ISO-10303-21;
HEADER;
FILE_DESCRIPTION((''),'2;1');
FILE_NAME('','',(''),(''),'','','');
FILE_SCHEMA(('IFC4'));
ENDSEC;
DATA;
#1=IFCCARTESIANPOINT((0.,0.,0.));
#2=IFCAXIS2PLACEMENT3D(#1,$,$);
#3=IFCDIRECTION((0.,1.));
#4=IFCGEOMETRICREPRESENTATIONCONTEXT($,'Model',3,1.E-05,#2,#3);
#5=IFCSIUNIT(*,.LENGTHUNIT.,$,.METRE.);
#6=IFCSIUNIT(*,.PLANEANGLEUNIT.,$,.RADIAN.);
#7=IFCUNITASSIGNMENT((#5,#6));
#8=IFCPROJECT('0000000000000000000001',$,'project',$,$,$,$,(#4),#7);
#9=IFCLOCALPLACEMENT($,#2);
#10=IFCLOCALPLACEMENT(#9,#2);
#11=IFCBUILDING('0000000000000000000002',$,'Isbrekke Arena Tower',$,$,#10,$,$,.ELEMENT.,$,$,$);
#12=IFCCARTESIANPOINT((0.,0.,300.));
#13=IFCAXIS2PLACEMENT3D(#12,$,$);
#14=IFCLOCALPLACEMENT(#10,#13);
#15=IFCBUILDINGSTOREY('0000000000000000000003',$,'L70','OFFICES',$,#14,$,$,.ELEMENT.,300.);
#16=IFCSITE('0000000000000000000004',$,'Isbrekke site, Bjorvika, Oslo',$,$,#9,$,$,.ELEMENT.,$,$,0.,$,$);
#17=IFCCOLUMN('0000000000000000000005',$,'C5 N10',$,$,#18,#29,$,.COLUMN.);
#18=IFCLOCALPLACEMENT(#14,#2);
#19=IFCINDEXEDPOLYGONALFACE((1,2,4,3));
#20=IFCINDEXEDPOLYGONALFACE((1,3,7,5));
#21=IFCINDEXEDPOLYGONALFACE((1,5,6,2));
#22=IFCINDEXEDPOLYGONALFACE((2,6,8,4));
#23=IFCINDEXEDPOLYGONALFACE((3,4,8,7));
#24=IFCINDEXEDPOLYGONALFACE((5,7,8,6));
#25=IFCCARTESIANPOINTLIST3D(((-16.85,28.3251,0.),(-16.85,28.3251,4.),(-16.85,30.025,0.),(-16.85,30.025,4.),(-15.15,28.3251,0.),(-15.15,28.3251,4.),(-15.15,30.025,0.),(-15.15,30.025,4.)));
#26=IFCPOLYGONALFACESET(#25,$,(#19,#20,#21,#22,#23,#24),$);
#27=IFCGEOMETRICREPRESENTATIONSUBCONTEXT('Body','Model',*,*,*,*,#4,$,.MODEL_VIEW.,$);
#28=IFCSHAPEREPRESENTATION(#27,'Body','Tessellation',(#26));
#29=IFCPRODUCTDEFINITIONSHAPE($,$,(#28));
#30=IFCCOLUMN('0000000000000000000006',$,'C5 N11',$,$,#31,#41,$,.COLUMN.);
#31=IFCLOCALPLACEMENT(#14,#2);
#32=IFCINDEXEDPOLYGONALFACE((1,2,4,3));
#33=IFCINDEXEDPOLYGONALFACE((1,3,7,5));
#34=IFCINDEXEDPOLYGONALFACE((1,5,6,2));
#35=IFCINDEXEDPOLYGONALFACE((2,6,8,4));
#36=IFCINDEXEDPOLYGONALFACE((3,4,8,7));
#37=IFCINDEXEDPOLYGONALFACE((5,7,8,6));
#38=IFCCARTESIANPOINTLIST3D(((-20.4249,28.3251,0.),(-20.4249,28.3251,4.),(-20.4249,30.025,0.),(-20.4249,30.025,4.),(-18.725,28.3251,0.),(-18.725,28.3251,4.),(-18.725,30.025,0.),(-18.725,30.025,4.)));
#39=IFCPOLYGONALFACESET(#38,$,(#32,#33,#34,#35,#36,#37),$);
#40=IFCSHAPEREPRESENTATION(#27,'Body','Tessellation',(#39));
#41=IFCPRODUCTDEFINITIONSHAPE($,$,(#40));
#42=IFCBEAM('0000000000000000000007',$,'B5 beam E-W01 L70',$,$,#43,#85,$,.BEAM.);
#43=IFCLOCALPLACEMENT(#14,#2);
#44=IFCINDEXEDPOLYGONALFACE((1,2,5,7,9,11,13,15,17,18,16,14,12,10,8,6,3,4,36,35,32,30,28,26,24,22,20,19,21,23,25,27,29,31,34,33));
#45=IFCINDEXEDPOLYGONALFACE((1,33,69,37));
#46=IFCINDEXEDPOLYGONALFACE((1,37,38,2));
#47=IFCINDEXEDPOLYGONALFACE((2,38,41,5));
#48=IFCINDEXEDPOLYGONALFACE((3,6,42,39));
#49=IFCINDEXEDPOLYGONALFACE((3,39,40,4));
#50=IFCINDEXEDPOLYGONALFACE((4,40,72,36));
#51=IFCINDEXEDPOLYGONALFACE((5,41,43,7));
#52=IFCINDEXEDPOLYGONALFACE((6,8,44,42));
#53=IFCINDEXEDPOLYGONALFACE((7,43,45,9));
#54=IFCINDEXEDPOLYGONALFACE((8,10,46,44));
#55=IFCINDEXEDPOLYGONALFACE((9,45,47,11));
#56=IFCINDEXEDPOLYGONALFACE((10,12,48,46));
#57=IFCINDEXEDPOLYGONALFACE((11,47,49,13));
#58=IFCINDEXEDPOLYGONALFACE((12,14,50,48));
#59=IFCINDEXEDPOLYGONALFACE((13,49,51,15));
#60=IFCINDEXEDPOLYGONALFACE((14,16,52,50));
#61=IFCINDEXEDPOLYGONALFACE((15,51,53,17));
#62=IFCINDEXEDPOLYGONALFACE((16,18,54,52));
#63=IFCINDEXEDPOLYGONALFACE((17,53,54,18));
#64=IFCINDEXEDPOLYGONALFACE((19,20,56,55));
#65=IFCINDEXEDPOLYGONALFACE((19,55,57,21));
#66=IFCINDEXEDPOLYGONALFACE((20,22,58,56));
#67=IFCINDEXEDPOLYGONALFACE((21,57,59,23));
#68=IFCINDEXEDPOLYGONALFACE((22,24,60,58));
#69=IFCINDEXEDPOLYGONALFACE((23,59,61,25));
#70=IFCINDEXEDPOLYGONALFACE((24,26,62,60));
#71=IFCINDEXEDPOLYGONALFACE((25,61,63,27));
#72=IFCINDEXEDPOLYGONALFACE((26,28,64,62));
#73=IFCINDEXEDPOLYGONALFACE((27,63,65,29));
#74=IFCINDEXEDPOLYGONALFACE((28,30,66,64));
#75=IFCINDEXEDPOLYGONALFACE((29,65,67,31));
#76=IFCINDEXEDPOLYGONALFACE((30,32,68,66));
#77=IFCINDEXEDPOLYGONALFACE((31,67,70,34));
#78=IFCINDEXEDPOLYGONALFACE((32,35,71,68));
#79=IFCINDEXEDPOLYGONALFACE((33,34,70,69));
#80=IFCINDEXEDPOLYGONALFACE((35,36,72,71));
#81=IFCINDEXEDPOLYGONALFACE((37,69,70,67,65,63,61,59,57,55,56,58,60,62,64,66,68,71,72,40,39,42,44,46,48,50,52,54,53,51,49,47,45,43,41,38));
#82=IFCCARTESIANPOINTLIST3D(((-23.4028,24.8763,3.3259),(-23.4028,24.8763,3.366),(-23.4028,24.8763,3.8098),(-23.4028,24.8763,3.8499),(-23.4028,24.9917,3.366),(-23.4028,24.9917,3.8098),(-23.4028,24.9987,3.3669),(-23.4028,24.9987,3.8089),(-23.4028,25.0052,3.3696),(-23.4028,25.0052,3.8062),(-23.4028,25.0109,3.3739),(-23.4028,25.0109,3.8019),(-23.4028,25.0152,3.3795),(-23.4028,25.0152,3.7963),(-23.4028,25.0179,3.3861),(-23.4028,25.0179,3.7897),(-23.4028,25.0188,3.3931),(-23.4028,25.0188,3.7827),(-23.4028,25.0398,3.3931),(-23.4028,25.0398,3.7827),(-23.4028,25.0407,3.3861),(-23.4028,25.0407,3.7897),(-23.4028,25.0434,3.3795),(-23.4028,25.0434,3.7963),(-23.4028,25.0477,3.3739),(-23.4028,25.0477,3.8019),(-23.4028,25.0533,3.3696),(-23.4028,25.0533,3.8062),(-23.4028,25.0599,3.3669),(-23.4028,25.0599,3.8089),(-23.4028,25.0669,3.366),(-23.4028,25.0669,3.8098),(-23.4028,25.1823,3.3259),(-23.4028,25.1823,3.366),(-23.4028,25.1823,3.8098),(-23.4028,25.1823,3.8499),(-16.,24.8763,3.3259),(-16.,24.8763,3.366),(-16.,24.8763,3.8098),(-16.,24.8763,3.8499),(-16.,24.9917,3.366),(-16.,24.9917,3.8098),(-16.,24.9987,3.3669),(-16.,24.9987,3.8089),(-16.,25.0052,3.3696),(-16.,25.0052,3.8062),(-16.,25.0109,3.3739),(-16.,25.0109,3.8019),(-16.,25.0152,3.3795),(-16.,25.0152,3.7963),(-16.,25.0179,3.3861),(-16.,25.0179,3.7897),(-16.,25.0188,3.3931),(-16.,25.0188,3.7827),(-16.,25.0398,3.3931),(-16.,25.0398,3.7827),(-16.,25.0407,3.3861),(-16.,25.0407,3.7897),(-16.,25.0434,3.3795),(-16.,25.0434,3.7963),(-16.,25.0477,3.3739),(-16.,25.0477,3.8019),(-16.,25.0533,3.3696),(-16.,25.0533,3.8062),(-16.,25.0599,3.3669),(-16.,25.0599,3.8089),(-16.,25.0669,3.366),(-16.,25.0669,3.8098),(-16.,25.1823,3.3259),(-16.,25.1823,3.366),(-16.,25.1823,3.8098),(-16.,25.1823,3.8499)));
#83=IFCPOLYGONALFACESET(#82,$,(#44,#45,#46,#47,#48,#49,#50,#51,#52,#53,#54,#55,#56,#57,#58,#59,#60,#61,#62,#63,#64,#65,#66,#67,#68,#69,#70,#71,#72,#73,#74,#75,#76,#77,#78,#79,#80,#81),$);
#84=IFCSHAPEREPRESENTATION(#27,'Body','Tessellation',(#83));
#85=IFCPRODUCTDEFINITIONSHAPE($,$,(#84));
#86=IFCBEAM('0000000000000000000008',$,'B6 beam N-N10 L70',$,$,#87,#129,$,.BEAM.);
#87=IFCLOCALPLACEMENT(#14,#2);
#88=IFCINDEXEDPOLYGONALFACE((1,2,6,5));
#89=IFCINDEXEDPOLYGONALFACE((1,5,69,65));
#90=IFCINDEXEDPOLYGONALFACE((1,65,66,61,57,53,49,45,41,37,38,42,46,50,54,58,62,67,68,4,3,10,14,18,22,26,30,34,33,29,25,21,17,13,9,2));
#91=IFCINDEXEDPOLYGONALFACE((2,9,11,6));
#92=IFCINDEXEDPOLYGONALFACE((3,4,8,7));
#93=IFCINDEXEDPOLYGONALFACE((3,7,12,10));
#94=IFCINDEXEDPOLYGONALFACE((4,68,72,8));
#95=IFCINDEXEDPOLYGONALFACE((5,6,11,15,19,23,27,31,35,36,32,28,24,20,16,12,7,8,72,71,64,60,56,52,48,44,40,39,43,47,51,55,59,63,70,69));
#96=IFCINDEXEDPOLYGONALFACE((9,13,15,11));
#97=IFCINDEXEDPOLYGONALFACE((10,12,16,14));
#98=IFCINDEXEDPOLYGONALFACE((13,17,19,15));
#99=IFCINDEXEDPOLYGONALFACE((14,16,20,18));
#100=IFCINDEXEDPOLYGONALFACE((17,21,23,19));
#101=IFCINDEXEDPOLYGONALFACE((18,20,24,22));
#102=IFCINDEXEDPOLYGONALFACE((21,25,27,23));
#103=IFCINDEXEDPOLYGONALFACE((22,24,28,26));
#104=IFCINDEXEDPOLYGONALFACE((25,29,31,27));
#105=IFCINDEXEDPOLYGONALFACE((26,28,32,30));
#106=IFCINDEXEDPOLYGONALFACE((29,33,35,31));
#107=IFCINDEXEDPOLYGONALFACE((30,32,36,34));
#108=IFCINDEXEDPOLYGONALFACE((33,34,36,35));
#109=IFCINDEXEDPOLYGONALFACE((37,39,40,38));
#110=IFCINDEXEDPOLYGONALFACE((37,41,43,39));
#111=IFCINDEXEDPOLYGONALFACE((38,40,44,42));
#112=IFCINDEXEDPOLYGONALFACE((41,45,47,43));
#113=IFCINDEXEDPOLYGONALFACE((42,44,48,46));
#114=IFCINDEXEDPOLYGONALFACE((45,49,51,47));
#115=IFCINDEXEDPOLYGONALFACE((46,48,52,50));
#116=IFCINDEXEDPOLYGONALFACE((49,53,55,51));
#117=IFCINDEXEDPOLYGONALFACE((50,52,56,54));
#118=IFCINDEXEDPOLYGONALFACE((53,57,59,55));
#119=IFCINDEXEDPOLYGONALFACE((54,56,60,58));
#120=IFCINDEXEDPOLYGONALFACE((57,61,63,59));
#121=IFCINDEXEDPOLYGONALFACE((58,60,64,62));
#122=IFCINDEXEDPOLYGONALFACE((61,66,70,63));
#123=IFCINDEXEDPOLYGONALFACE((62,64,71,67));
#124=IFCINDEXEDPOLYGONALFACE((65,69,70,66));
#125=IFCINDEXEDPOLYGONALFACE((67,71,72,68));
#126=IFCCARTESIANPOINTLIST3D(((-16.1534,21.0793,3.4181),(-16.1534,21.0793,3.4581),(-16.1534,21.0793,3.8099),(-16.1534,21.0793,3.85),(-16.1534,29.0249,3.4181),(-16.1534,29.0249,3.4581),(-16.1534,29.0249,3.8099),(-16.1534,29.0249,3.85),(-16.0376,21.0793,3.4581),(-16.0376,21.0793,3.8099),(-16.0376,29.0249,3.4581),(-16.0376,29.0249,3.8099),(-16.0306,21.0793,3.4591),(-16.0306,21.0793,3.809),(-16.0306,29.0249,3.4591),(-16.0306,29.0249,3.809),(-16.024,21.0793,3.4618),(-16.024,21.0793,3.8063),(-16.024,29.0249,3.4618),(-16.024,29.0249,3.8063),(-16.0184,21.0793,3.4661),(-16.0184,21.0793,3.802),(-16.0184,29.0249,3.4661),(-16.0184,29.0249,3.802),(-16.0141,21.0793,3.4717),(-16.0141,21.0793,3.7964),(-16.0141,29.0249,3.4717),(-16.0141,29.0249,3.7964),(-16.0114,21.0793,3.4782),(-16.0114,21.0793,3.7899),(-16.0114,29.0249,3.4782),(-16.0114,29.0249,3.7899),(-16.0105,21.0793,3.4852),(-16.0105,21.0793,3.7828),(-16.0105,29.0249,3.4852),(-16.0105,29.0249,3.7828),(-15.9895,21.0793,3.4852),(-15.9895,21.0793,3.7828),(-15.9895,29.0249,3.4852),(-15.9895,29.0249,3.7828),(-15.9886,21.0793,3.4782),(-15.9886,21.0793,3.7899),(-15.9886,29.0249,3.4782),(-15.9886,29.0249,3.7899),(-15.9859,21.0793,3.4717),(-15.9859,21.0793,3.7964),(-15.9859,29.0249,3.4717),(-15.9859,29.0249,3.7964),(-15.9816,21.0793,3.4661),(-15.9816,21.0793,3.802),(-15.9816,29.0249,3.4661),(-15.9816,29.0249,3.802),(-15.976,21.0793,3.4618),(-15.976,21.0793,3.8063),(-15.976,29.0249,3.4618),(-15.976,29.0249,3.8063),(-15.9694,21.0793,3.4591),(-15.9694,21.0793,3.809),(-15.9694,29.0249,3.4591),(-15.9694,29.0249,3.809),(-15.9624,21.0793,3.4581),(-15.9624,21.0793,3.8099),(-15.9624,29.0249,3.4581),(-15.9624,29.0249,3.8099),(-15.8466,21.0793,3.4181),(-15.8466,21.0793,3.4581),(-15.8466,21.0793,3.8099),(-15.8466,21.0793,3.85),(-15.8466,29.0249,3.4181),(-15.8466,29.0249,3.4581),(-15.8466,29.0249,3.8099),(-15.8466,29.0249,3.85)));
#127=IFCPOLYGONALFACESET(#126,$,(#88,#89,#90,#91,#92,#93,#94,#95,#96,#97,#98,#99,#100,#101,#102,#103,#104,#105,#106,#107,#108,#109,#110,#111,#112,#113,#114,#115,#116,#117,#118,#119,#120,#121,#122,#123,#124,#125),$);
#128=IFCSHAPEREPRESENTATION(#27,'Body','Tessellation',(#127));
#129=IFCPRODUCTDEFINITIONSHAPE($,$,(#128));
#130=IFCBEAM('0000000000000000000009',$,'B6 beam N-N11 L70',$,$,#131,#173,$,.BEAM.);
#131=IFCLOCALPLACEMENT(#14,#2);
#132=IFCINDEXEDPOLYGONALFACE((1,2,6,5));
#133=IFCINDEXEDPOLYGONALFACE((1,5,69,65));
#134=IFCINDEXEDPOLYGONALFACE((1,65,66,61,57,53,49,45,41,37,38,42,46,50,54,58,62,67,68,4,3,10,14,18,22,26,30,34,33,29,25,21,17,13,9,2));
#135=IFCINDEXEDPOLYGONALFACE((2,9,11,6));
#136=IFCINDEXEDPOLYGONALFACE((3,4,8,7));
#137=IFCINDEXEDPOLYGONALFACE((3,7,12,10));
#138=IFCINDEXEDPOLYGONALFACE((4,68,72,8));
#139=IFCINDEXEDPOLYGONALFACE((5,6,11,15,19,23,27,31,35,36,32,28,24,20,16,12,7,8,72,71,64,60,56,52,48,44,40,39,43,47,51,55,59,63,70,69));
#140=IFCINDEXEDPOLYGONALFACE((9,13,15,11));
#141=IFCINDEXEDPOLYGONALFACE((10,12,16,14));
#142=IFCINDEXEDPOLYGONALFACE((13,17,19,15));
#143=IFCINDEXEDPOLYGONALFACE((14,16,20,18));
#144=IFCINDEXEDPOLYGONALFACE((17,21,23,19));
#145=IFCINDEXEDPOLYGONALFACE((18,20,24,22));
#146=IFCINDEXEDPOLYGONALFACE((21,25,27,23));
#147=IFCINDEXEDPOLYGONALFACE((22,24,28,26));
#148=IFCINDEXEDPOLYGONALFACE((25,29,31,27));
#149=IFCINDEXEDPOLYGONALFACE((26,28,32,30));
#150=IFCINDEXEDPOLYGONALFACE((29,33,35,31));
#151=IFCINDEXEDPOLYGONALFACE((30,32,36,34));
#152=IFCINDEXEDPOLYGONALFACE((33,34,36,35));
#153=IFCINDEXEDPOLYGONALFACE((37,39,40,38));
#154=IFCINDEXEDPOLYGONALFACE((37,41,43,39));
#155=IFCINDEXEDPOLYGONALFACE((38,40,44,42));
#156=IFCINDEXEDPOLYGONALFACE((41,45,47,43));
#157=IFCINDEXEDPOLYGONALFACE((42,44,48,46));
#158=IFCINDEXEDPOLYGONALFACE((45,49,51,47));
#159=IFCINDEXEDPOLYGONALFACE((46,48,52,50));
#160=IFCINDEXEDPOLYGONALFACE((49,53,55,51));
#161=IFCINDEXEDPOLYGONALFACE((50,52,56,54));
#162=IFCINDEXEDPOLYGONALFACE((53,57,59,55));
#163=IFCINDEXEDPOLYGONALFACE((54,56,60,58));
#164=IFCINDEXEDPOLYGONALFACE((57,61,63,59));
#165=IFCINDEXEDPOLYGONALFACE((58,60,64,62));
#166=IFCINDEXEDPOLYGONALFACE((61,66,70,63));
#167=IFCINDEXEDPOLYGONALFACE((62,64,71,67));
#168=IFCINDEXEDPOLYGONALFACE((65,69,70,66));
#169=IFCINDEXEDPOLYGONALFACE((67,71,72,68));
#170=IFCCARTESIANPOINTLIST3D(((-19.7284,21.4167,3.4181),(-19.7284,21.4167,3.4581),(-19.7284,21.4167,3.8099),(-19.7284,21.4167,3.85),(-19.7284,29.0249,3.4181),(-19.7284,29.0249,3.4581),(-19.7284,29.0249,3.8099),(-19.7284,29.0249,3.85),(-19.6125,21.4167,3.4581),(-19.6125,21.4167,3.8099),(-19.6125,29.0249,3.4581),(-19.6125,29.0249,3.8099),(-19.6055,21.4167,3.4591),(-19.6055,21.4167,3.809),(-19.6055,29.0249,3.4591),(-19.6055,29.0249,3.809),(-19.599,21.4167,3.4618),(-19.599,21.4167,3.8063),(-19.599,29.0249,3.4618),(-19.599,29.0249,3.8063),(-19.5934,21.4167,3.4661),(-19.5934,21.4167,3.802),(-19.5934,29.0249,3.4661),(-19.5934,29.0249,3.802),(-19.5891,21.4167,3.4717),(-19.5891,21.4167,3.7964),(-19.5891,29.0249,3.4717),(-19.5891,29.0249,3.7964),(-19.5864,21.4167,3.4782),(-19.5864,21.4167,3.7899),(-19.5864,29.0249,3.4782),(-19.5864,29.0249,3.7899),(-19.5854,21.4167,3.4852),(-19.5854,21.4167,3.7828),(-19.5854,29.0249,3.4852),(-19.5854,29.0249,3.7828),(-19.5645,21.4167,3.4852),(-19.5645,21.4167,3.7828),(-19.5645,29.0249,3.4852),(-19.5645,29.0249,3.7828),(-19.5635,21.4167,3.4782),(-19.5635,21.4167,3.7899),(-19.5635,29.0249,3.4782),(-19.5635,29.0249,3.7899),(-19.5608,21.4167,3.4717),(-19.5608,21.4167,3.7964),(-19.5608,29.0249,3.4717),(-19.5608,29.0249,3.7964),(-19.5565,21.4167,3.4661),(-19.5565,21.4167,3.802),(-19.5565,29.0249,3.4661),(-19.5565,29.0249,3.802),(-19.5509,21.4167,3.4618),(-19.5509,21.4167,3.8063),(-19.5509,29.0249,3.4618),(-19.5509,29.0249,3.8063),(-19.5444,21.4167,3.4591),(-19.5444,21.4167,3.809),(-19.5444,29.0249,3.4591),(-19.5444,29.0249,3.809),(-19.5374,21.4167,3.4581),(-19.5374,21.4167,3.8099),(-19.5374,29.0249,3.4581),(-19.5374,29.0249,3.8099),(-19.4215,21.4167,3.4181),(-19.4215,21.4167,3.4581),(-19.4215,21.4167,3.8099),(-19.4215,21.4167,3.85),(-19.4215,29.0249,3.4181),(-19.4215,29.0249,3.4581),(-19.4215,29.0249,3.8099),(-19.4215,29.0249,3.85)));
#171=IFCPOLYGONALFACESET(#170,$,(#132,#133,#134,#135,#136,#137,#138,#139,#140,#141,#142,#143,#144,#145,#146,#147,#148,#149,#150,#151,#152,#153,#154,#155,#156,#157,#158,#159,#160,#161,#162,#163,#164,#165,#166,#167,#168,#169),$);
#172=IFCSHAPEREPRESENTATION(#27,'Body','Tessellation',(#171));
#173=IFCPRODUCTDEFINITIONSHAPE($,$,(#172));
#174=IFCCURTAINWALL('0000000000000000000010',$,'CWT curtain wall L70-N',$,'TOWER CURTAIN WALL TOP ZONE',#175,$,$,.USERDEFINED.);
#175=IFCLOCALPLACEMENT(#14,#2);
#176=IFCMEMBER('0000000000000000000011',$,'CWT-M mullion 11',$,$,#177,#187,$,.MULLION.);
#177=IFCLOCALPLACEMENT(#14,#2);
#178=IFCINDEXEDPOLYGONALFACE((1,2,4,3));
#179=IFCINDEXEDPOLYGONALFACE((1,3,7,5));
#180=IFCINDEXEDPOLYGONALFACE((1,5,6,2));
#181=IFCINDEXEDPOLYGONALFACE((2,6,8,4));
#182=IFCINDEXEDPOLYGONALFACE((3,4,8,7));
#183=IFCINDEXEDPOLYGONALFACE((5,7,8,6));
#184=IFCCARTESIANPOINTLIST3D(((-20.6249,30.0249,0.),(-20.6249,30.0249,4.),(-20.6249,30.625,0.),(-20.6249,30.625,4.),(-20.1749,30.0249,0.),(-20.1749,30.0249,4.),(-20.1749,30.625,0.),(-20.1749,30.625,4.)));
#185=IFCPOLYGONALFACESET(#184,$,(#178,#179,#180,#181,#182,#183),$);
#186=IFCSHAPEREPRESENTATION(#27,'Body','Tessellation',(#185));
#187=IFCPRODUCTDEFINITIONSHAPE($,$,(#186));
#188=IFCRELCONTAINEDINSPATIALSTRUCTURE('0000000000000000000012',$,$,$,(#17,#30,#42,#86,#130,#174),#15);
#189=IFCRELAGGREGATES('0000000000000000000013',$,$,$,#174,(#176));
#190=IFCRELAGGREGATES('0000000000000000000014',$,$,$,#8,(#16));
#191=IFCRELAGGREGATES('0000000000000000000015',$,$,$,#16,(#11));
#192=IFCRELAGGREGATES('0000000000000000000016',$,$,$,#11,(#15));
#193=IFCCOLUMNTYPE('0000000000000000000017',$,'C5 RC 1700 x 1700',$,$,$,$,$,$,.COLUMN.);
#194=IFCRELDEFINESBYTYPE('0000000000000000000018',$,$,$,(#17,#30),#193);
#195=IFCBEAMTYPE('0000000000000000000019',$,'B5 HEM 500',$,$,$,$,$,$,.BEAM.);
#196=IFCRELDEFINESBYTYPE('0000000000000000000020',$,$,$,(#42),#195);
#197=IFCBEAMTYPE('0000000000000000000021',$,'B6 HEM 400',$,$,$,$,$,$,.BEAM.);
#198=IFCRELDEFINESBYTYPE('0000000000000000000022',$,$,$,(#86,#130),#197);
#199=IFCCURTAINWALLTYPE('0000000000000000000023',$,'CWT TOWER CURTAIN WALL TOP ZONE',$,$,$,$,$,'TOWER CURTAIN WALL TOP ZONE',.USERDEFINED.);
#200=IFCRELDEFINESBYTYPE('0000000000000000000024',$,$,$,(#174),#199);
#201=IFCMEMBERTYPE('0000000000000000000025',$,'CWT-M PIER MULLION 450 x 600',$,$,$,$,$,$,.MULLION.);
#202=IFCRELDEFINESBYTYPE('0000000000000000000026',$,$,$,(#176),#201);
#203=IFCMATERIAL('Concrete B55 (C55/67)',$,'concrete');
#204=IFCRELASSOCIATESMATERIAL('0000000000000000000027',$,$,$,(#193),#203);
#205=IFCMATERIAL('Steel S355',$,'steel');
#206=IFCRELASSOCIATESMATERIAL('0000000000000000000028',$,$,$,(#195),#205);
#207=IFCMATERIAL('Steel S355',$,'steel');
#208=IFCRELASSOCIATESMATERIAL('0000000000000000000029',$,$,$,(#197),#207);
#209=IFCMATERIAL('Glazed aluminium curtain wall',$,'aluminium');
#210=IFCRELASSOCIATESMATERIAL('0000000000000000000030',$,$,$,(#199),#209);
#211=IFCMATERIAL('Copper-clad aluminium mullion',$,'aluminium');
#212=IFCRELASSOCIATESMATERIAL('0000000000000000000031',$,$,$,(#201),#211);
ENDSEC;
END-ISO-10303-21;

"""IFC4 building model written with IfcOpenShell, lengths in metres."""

from ifc_helpers import new_model, si_unit, direction, frame, origin, origin_2d, place, context, subcontext, project, spatial, rectangle, i_section, extrude, material, material_profile, profile_set, type_object, element, aggregate, save


model = new_model("IFC4")

# Units and contexts
model_context = context("Model", 3, precision=1e-05, world=origin(), true_north=direction((0.0, 1.0)))
body_context = subcontext(model_context, "Body", "Model", "MODEL_VIEW")
ifc_project = project(units=[si_unit("LENGTHUNIT", "METRE"), si_unit("PLANEANGLEUNIT", "RADIAN")], contexts=[model_context])

# Site, building, storey
site_placement = place(None, origin())
site = spatial("IfcSite", under=ifc_project, at=site_placement, Name="Isbrekke site, Bjorvika, Oslo", CompositionType="ELEMENT", RefElevation=0.0)
building_placement = place(site_placement, origin())
building = spatial("IfcBuilding", under=site, at=building_placement, Name="Isbrekke Arena Tower", CompositionType="ELEMENT")
storey_placement = place(building_placement, frame((0.0, 0.0, 300.0)))
storey = spatial("IfcBuildingStorey", under=building, at=storey_placement, Name="L70", Description="OFFICES", CompositionType="ELEMENT", Elevation=300.0)

# Columns
ifc_material_1 = material(Name="Concrete B55 (C55/67)", Category="concrete")
ifc_material_profile_1 = material_profile(ifc_material_1, rectangle(XDim=1.7, YDim=1.7, at=origin_2d()), Name="RC 1700x1700")
ifc_profile_set_1 = profile_set([ifc_material_profile_1], Name="Concrete B55 (C55/67)")
column_type = type_object("IfcColumnType", Name="C5 RC 1700 x 1700", PredefinedType="COLUMN", material=ifc_profile_set_1)
for number, where, z_axis, x_axis, name in (
    (1, (-16.0, 29.175, 0.0), (0.0, 0.0, 1.0), (-1.0, 0.0, 0.0), "C5 N10"),
    (2, (-19.575, 29.175, 0.0), (0.0, 0.0, 1.0), (-1.0, 0.0, 0.0), "C5 N11"),
):
    element("IfcColumn", number, at=place(storey_placement, frame(where, z_axis=z_axis, x_axis=x_axis)), inside=storey, type_object=column_type, Name=name, PredefinedType="COLUMN", context=body_context, shape_type="SweptSolid", body=[
        extrude(rectangle(XDim=1.7, YDim=1.7, at=origin_2d()), origin(), (0.0, 0.0, 1.0), 4.0),
    ])

# Beams
ifc_material_2 = material(Name="Steel S355", Category="steel")
ifc_material_profile_2 = material_profile(ifc_material_2, i_section(OverallWidth=0.3059, OverallDepth=0.5239, WebThickness=0.021, FlangeThickness=0.04, FilletRadius=0.0271, at=origin_2d()), Name="HEM 500")
ifc_profile_set_2 = profile_set([ifc_material_profile_2], Name="Steel S355")
beam_type_1 = type_object("IfcBeamType", Name="B5 HEM 500", PredefinedType="BEAM", material=ifc_profile_set_2)
beam_1_placement = place(storey_placement, frame((-23.4028, 25.0293, 3.5879), z_axis=(1.0, 0.0, 0.0), x_axis=(0.0, 1.0, 0.0)))
element("IfcBeam", 3, at=beam_1_placement, inside=storey, type_object=beam_type_1, Name="B5 beam E-W01 L70", PredefinedType="BEAM", context=body_context, shape_type="SweptSolid", body=[
    extrude(i_section(OverallWidth=0.3059, OverallDepth=0.5239, WebThickness=0.021, FlangeThickness=0.04, FilletRadius=0.0271, at=origin_2d()), origin(), (0.0, 0.0, 1.0), 7.4028),
])
ifc_material_3 = material(Name="Steel S355", Category="steel")
ifc_material_profile_3 = material_profile(ifc_material_3, i_section(OverallWidth=0.3069, OverallDepth=0.4319, WebThickness=0.021, FlangeThickness=0.04, FilletRadius=0.0271, at=origin_2d()), Name="HEM 400")
ifc_profile_set_3 = profile_set([ifc_material_profile_3], Name="Steel S355")
beam_type_2 = type_object("IfcBeamType", Name="B6 HEM 400", PredefinedType="BEAM", material=ifc_profile_set_3)
beam_2_placement = place(storey_placement, frame((-16.0, 29.0249, 3.634), z_axis=(0.0, -1.0, 0.0), x_axis=(1.0, 0.0, 0.0)))
element("IfcBeam", 4, at=beam_2_placement, inside=storey, type_object=beam_type_2, Name="B6 beam N-N10 L70", PredefinedType="BEAM", context=body_context, shape_type="SweptSolid", body=[
    extrude(i_section(OverallWidth=0.3069, OverallDepth=0.4319, WebThickness=0.021, FlangeThickness=0.04, FilletRadius=0.0271, at=origin_2d()), origin(), (0.0, 0.0, 1.0), 7.9456),
])
beam_3_placement = place(storey_placement, frame((-19.575, 29.0249, 3.634), z_axis=(0.0, -1.0, 0.0), x_axis=(1.0, 0.0, 0.0)))
element("IfcBeam", 5, at=beam_3_placement, inside=storey, type_object=beam_type_2, Name="B6 beam N-N11 L70", PredefinedType="BEAM", context=body_context, shape_type="SweptSolid", body=[
    extrude(i_section(OverallWidth=0.3069, OverallDepth=0.4319, WebThickness=0.021, FlangeThickness=0.04, FilletRadius=0.0271, at=origin_2d()), origin(), (0.0, 0.0, 1.0), 7.6082),
])

# Curtain wall, member
ifc_material_4 = material(Name="Glazed aluminium curtain wall", Category="aluminium")
curtain_wall_type = type_object("IfcCurtainWallType", Name="CWT TOWER CURTAIN WALL TOP ZONE", ElementType="TOWER CURTAIN WALL TOP ZONE", PredefinedType="USERDEFINED", material=ifc_material_4)
curtain_wall_1_placement = place(storey_placement, origin())
curtain_wall_1 = element("IfcCurtainWall", 6, at=curtain_wall_1_placement, inside=storey, type_object=curtain_wall_type, Name="CWT curtain wall L70-N", ObjectType="TOWER CURTAIN WALL TOP ZONE", PredefinedType="USERDEFINED")
ifc_material_5 = material(Name="Copper-clad aluminium mullion", Category="aluminium")
ifc_material_profile_4 = material_profile(ifc_material_5, rectangle(XDim=0.45, YDim=0.6001, at=origin_2d()), Name="PIER 450X600")
ifc_profile_set_4 = profile_set([ifc_material_profile_4], Name="Copper-clad aluminium mullion")
member_type_1 = type_object("IfcMemberType", Name="CWT-M PIER MULLION 450 x 600", PredefinedType="MULLION", material=ifc_profile_set_4)
member_1_placement = place(storey_placement, frame((-20.3999, 30.325, 0.0), z_axis=(0.0, 0.0, 1.0), x_axis=(-1.0, 0.0, 0.0)))
member_1 = element("IfcMember", 7, at=member_1_placement, type_object=member_type_1, Name="CWT-M mullion 11", PredefinedType="MULLION", context=body_context, shape_type="SweptSolid", body=[
    extrude(rectangle(XDim=0.45, YDim=0.6001, at=origin_2d()), origin(), (0.0, 0.0, 1.0), 4.0),
])

aggregate(curtain_wall_1, [member_1])

save(model, "model.ifc")
